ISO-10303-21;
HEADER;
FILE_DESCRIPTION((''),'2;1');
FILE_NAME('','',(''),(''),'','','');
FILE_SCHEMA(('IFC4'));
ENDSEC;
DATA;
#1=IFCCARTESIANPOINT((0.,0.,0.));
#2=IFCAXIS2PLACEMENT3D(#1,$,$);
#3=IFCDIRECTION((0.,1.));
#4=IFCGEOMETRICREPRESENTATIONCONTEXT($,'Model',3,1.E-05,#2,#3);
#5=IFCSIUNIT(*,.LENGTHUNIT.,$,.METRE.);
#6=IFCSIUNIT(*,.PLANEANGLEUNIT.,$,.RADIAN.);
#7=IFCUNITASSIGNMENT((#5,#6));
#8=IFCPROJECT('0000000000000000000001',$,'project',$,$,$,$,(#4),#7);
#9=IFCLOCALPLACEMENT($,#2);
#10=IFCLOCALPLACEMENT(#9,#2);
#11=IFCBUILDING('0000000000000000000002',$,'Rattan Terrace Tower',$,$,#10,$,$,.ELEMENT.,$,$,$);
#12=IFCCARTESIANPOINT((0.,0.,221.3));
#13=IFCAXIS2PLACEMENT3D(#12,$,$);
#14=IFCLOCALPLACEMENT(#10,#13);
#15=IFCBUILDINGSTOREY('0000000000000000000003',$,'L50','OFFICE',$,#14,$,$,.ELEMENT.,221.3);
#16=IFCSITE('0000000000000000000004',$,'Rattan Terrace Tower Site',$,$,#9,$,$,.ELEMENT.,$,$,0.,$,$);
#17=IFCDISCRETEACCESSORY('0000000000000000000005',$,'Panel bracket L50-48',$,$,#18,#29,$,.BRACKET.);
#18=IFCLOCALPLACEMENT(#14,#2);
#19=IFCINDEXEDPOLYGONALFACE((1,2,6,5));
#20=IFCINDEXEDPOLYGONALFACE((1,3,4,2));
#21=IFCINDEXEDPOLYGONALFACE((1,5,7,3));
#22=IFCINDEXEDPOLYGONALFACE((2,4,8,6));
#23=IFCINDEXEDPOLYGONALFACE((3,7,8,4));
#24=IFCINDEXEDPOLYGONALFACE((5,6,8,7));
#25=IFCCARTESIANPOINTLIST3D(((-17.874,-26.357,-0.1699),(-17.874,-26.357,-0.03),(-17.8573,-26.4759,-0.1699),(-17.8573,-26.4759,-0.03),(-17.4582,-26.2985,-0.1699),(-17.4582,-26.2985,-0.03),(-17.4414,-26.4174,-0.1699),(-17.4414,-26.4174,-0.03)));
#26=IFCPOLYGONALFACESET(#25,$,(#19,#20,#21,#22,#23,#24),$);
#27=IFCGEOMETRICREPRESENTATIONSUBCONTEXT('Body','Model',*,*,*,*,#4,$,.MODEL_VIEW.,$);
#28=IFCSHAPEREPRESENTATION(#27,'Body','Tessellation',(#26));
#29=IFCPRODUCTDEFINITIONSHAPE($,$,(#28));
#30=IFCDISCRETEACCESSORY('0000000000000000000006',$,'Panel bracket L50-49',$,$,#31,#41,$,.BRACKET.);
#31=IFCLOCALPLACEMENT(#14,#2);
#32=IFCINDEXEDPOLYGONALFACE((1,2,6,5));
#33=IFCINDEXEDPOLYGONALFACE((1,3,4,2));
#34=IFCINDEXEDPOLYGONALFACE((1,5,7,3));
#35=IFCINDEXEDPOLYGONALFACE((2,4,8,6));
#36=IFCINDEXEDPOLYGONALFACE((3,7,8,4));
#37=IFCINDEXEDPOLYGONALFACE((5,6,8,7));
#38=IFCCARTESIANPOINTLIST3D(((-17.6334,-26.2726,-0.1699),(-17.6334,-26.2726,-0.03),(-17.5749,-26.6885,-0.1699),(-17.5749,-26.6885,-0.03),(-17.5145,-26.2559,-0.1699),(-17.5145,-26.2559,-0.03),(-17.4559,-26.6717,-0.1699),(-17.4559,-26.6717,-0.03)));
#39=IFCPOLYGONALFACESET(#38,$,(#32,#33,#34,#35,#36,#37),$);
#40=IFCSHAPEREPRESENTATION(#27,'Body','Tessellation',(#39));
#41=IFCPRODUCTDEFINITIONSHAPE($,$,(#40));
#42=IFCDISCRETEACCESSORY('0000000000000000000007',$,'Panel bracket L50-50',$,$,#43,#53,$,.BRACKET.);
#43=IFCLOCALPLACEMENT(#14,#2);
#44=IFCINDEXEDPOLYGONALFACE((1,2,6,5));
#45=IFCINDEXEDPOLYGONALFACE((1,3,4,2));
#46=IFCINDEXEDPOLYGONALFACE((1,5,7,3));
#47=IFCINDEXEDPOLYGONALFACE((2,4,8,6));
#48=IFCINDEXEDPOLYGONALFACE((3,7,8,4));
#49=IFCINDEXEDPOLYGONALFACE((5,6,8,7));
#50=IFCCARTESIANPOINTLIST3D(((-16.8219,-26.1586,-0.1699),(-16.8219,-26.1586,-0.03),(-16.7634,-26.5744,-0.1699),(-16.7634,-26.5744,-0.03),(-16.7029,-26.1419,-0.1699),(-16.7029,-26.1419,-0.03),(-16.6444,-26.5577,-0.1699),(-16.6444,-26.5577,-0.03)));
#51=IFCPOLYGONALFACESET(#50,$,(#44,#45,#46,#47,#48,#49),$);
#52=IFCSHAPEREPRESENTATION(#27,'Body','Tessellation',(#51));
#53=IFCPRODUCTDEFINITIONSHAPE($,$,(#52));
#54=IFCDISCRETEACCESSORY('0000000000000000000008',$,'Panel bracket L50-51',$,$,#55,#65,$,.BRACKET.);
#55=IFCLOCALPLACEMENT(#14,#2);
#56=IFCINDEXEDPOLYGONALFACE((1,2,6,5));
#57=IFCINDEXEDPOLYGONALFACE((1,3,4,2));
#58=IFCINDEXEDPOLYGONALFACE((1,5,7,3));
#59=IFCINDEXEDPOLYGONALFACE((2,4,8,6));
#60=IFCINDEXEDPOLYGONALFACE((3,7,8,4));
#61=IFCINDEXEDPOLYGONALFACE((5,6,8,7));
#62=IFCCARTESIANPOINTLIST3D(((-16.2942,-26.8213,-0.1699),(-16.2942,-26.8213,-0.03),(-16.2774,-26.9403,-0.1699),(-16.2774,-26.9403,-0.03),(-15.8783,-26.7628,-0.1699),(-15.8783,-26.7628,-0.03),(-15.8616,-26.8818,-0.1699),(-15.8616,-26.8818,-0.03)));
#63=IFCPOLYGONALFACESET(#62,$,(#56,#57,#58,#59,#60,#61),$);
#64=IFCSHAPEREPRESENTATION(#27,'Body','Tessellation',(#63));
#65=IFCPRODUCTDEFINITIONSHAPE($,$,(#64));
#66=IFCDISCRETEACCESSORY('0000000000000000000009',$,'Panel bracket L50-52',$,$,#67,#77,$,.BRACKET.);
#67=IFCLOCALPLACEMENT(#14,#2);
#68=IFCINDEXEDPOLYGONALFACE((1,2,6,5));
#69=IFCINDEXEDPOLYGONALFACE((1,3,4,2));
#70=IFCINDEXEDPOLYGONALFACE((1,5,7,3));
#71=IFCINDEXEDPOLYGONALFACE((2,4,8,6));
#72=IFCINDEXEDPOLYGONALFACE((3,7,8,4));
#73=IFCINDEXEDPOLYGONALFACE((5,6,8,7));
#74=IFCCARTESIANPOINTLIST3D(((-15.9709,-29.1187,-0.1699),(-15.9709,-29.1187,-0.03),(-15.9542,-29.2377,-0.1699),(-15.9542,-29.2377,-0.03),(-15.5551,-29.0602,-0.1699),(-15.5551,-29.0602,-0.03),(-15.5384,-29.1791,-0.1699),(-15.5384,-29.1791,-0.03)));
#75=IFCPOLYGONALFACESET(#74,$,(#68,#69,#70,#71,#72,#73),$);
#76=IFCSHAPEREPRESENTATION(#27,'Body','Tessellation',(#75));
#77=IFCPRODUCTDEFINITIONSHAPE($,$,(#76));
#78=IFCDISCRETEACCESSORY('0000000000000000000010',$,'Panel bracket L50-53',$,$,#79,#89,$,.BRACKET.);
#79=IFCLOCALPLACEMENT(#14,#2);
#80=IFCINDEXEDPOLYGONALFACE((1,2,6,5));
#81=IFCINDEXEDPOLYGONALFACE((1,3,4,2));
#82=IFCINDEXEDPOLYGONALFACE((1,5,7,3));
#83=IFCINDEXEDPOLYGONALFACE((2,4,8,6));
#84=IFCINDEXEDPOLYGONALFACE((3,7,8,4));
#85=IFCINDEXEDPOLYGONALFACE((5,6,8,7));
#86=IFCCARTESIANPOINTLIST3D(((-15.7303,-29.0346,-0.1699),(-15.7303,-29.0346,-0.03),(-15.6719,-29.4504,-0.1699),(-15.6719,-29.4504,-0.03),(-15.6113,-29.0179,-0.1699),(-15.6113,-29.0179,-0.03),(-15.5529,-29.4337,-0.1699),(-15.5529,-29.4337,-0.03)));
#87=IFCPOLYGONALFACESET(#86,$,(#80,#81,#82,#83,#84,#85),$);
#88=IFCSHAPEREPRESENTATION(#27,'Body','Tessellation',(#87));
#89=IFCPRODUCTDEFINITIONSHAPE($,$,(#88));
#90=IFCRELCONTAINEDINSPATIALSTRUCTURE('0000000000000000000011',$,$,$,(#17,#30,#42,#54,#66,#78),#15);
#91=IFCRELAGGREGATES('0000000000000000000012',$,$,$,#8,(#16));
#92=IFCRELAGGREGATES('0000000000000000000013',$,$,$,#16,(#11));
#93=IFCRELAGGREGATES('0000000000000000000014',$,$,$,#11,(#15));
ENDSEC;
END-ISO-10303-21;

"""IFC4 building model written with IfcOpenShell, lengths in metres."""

from ifc_helpers import new_model, si_unit, direction, frame, origin, origin_2d, place, context, subcontext, project, spatial, rectangle, extrude, element, save


model = new_model("IFC4")

# Units and contexts
model_context = context("Model", 3, precision=1e-05, world=origin(), true_north=direction((0.0, 1.0)))
body_context = subcontext(model_context, "Body", "Model", "MODEL_VIEW")
ifc_project = project(units=[si_unit("LENGTHUNIT", "METRE"), si_unit("PLANEANGLEUNIT", "RADIAN")], contexts=[model_context])

# Site, building, storey
site_placement = place(None, origin())
site = spatial("IfcSite", under=ifc_project, at=site_placement, Name="Rattan Terrace Tower Site", CompositionType="ELEMENT", RefElevation=0.0)
building_placement = place(site_placement, origin())
building = spatial("IfcBuilding", under=site, at=building_placement, Name="Rattan Terrace Tower", CompositionType="ELEMENT")
storey_placement = place(building_placement, frame((0.0, 0.0, 221.3)))
storey = spatial("IfcBuildingStorey", under=building, at=storey_placement, Name="L50", Description="OFFICE", CompositionType="ELEMENT", Elevation=221.3)

# Discrete accessories
for number, where, z_axis, x_axis, name in (
    (1, (-17.6577, -26.3872, -0.1699), (0.0, 0.0, 1.0), (0.139321, -0.990247, 0.0), "Panel bracket L50-48"),
    (2, (-17.5447, -26.4722, -0.1699), (0.0, 0.0, 1.0), (0.990241, 0.139367, 0.0), "Panel bracket L50-49"),
    (3, (-16.7332, -26.3582, -0.1699), (0.0, 0.0, 1.0), (0.990241, 0.139367, 0.0), "Panel bracket L50-50"),
    (4, (-16.0779, -26.8516, -0.1699), (0.0, 0.0, 1.0), (0.139321, -0.990247, 0.0), "Panel bracket L50-51"),
    (5, (-15.7546, -29.1489, -0.1699), (0.0, 0.0, 1.0), (0.139321, -0.990247, 0.0), "Panel bracket L50-52"),
    (6, (-15.6416, -29.2341, -0.1699), (0.0, 0.0, 1.0), (0.990293, 0.138994, 0.0), "Panel bracket L50-53"),
):
    element("IfcDiscreteAccessory", number, at=place(storey_placement, frame(where, z_axis=z_axis, x_axis=x_axis)), inside=storey, Name=name, PredefinedType="BRACKET", context=body_context, shape_type="SweptSolid", body=[
        extrude(rectangle(XDim=0.1201, YDim=0.4199, at=origin_2d()), origin(), (0.0, 0.0, 1.0), 0.1399),
    ])

save(model, "model.ifc")
